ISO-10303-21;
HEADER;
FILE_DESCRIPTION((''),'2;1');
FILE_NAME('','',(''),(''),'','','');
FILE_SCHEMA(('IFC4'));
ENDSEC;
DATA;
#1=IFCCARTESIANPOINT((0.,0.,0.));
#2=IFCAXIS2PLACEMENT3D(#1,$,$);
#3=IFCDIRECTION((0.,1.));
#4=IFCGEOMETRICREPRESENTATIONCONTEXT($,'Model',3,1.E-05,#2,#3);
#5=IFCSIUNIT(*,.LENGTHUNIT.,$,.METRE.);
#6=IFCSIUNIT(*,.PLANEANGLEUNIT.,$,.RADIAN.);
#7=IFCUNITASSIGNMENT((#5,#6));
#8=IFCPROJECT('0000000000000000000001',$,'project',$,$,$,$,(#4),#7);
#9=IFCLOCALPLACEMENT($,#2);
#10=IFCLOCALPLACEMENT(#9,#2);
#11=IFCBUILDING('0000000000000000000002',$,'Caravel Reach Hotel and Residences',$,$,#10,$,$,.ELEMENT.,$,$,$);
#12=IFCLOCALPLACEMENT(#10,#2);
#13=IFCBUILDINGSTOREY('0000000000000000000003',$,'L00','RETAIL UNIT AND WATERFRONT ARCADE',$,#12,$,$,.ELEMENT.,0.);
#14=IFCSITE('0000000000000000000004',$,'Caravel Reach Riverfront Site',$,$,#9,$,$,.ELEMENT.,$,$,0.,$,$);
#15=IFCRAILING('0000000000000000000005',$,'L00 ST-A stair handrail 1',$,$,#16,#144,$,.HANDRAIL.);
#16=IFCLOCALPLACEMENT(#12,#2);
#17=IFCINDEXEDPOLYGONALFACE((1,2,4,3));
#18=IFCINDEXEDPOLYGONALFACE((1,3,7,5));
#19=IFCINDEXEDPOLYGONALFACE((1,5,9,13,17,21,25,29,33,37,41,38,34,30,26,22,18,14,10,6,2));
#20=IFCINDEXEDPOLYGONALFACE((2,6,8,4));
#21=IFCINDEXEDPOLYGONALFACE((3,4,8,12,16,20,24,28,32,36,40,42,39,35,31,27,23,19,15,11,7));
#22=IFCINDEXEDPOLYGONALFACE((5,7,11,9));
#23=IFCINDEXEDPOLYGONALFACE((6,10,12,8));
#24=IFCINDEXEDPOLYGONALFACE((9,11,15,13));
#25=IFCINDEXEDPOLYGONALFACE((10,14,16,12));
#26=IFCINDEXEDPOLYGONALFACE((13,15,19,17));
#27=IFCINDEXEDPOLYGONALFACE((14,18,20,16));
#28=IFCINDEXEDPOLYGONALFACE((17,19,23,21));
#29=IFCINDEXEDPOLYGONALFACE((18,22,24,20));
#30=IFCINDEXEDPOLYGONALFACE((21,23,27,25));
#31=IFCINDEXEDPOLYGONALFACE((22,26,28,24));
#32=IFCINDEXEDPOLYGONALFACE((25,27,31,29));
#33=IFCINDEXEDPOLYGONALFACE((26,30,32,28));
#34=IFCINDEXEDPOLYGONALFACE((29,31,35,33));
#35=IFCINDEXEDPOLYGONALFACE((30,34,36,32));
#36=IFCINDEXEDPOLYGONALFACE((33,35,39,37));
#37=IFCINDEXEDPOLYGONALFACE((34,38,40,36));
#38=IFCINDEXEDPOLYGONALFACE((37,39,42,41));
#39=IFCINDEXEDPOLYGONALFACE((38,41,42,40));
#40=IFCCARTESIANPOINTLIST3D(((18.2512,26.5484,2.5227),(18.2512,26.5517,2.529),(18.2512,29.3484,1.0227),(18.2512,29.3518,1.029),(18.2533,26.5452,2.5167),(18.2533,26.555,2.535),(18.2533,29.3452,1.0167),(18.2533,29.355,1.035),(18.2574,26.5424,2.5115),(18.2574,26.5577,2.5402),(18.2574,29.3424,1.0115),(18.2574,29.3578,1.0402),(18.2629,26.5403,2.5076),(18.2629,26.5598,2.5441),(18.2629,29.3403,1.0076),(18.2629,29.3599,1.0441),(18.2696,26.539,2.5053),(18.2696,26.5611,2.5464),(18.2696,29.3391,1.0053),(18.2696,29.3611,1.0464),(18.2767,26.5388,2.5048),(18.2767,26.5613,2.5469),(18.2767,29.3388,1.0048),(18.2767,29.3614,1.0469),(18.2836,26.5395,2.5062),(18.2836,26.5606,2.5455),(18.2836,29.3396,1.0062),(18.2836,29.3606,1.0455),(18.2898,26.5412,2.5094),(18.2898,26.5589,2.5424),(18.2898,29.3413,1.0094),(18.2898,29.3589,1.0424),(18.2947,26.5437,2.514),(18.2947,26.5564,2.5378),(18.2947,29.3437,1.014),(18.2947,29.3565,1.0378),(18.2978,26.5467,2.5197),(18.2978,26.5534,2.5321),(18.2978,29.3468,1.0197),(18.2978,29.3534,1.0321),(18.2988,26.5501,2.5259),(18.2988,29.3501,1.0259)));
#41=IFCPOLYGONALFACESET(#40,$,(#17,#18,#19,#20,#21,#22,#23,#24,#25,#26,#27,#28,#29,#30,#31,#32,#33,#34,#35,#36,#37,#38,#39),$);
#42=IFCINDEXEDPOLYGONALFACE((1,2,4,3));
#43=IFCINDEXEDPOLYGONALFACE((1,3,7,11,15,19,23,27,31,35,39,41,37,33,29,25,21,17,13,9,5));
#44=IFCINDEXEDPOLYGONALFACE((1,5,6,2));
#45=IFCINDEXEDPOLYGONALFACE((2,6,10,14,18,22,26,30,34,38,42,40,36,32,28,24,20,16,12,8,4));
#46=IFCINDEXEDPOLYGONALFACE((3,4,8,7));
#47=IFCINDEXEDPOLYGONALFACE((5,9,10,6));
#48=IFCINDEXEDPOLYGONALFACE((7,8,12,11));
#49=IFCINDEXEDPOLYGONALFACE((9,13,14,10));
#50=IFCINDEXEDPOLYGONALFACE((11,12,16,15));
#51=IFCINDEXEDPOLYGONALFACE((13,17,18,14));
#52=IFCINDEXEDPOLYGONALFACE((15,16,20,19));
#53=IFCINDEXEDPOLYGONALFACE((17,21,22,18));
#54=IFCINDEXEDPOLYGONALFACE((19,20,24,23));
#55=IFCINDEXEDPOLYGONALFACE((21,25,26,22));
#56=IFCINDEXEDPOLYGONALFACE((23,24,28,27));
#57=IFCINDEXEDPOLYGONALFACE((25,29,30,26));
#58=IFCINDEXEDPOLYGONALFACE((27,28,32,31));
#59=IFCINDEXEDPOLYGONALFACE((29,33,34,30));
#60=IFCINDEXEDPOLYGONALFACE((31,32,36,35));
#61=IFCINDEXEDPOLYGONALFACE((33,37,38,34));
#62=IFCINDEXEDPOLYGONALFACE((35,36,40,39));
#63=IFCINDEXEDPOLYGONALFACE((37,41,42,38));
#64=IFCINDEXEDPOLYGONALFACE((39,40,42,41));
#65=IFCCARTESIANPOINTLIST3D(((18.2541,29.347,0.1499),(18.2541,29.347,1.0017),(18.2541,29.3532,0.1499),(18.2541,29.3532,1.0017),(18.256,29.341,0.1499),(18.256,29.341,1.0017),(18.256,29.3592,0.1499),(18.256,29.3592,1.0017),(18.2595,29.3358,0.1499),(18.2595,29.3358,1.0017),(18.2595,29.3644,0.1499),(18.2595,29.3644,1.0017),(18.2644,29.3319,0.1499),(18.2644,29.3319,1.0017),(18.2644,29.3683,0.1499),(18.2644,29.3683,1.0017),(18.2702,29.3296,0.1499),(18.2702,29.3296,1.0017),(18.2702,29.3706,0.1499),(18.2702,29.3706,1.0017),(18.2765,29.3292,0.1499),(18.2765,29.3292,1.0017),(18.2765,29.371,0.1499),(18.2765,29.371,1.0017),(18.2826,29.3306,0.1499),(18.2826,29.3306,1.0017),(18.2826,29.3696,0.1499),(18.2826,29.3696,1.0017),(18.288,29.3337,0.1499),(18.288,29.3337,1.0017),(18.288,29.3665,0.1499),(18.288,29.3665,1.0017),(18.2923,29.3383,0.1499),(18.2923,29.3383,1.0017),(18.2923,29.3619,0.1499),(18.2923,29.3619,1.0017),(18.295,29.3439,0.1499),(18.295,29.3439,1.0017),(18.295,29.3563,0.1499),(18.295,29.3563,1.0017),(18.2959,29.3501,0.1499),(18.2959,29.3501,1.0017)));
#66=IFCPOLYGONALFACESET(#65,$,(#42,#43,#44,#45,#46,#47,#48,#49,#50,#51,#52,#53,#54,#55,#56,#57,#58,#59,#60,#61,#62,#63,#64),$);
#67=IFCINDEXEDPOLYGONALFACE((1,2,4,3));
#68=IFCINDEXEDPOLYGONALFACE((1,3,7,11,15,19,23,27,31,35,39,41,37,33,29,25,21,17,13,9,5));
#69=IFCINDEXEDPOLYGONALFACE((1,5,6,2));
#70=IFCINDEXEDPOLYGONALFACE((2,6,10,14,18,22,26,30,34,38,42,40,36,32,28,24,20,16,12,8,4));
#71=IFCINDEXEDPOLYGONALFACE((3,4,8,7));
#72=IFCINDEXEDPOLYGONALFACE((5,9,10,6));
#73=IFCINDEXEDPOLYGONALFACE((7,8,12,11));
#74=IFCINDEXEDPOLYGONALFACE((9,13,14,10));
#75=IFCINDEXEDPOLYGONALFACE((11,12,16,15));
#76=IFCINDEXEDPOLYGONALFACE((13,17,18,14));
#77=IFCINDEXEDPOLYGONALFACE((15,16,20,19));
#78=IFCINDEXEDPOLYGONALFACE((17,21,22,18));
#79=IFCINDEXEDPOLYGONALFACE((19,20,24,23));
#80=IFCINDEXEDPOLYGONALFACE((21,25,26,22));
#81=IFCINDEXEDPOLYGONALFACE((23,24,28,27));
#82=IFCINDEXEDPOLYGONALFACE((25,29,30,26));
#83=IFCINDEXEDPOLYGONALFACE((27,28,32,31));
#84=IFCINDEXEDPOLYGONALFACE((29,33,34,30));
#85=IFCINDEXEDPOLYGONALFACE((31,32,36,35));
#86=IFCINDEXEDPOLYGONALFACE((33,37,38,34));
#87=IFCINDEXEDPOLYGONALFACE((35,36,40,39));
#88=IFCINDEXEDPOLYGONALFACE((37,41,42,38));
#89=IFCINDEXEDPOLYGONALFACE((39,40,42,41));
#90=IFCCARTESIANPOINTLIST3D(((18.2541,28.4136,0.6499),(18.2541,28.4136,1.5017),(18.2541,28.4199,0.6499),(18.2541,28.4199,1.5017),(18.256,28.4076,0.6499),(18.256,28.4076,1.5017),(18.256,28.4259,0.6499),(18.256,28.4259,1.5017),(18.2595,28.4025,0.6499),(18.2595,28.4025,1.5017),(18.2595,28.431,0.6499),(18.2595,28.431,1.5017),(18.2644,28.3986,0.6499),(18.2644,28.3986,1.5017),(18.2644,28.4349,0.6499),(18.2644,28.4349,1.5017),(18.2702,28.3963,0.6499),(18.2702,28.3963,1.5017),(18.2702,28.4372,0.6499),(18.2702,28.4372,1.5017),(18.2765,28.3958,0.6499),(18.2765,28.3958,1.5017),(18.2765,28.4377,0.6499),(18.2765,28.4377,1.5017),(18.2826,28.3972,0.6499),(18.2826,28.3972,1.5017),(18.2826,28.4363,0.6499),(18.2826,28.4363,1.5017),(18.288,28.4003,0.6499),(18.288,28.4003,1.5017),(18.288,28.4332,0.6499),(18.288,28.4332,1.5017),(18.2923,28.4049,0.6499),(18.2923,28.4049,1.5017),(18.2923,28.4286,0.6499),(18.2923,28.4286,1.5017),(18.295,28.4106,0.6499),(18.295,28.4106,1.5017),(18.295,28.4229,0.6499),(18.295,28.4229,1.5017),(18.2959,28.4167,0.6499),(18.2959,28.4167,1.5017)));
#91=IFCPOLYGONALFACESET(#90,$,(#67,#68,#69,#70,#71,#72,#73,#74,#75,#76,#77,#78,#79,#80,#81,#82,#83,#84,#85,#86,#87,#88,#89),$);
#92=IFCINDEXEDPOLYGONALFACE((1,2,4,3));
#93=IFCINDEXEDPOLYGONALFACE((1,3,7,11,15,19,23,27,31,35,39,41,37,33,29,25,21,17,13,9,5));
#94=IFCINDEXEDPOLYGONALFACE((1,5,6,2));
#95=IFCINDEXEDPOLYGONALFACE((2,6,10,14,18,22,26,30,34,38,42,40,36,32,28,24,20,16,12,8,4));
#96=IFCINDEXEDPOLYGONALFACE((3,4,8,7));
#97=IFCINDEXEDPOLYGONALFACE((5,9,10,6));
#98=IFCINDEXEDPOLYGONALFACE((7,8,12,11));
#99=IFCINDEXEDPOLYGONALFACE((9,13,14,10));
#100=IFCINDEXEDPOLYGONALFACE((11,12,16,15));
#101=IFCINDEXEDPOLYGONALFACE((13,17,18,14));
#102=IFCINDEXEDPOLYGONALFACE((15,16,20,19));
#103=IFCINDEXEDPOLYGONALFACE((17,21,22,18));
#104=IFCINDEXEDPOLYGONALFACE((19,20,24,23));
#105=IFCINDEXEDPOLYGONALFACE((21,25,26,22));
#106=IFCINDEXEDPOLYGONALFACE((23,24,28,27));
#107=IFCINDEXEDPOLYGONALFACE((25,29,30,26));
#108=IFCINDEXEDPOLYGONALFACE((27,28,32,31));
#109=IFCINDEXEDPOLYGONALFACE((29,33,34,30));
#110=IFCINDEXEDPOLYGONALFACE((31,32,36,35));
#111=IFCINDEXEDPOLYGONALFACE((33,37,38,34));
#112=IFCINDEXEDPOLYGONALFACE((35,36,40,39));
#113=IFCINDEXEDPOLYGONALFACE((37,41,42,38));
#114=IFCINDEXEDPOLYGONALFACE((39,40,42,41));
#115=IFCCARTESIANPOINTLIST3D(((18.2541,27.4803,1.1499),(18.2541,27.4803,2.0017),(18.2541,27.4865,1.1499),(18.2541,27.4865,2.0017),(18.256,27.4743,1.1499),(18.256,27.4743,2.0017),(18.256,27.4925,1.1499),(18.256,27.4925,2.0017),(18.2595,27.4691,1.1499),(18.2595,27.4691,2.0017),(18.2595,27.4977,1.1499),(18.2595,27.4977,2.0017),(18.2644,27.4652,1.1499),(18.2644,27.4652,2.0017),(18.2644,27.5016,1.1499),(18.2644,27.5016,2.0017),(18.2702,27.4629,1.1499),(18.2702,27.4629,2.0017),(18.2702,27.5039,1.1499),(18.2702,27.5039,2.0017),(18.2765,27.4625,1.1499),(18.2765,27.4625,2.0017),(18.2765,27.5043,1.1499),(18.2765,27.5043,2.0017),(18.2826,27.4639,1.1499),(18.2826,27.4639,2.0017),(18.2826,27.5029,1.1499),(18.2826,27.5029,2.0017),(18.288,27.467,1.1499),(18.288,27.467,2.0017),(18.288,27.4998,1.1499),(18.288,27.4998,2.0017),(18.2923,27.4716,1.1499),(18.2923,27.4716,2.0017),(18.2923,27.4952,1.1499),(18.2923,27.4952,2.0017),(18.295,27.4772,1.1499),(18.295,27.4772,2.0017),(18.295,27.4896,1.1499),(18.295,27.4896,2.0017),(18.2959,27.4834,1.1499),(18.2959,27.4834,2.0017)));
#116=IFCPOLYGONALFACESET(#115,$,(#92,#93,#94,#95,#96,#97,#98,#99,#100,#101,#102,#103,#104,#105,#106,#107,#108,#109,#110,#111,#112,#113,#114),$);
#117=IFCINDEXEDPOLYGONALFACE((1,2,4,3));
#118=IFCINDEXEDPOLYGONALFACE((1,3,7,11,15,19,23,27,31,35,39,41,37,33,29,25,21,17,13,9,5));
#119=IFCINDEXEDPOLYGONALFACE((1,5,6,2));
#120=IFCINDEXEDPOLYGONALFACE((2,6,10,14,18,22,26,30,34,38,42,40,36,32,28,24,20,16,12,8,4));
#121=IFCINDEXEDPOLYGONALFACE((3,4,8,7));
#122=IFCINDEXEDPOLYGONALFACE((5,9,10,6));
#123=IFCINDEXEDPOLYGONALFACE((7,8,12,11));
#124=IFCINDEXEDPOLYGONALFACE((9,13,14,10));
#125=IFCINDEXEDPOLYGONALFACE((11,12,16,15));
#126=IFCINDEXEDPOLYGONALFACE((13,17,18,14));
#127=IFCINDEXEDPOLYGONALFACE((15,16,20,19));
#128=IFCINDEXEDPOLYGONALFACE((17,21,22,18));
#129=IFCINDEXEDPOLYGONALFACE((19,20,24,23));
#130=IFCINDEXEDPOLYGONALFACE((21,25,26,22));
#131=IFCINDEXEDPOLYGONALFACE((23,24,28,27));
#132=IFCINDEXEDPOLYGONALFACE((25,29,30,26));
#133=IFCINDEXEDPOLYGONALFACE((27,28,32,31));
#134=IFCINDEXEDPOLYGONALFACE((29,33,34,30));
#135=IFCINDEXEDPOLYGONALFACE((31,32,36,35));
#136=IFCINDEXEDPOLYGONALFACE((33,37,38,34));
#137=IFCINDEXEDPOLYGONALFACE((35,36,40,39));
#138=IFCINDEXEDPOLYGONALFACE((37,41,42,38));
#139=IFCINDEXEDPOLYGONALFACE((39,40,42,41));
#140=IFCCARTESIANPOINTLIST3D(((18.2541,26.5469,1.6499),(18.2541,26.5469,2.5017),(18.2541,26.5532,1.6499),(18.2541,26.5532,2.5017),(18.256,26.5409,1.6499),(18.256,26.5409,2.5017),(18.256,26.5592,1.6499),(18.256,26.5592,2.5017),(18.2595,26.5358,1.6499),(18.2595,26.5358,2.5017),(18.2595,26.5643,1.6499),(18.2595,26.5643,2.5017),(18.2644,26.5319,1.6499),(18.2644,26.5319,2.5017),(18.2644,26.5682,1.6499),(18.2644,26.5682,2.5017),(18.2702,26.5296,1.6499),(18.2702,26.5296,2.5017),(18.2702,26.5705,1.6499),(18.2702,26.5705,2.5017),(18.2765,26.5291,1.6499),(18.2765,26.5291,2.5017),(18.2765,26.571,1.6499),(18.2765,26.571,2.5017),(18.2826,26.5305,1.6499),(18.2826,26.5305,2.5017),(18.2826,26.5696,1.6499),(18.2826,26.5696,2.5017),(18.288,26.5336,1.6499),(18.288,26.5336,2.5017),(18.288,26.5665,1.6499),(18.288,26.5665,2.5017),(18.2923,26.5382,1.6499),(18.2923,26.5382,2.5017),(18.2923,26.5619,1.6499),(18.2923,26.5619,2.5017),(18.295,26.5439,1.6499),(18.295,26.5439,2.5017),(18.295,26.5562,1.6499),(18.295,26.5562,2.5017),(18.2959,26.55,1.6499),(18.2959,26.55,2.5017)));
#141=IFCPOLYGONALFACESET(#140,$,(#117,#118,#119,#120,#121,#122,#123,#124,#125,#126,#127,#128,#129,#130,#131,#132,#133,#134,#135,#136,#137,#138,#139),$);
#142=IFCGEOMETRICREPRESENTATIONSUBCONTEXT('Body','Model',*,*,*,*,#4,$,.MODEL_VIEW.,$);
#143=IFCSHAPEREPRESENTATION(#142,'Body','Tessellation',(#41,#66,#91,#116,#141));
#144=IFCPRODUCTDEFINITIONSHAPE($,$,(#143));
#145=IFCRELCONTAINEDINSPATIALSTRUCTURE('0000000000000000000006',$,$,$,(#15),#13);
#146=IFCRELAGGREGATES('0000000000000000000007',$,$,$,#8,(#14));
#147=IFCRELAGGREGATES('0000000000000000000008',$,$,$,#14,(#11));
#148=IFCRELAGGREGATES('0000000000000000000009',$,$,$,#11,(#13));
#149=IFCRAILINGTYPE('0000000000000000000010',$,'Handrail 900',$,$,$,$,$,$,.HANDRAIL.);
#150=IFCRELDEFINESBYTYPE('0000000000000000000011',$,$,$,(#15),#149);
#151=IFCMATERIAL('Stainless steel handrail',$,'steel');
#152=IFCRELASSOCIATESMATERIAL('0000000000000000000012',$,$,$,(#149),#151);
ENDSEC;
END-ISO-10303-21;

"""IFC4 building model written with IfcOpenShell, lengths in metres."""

from ifc_helpers import new_model, si_unit, direction, frame, origin, origin_2d, place, context, subcontext, project, spatial, circle, extrude, material, type_object, element, save


model = new_model("IFC4")

# Units and contexts
model_context = context("Model", 3, precision=1e-05, world=origin(), true_north=direction((0.0, 1.0)))
body_context = subcontext(model_context, "Body", "Model", "MODEL_VIEW")
ifc_project = project(units=[si_unit("LENGTHUNIT", "METRE"), si_unit("PLANEANGLEUNIT", "RADIAN")], contexts=[model_context])

# Site, building, storey
site_placement = place(None, origin())
site = spatial("IfcSite", under=ifc_project, at=site_placement, Name="Caravel Reach Riverfront Site", CompositionType="ELEMENT", RefElevation=0.0)
building_placement = place(site_placement, origin())
building = spatial("IfcBuilding", under=site, at=building_placement, Name="Caravel Reach Hotel and Residences", CompositionType="ELEMENT")
storey_placement = place(building_placement, origin())
storey = spatial("IfcBuildingStorey", under=building, at=storey_placement, Name="L00", Description="RETAIL UNIT AND WATERFRONT ARCADE", CompositionType="ELEMENT", Elevation=0.0)

# Railing
ifc_material_1 = material(Name="Stainless steel handrail", Category="steel")
railing_type_1 = type_object("IfcRailingType", Name="Handrail 900", PredefinedType="HANDRAIL", material=ifc_material_1)
for number, where, name in (
    (1, (18.2749, 29.3501, 0.1499), "L00 ST-A stair handrail 1"),
):
    element("IfcRailing", number, at=place(storey_placement, frame(where)), inside=storey, type_object=railing_type_1, Name=name, PredefinedType="HANDRAIL", context=body_context, shape_type="SweptSolid", body=[
        extrude(circle(Radius=0.0239, at=origin_2d()), frame((0.0, 0.0, 0.876), z_axis=(0.0, -0.881483, 0.472215), x_axis=(1.0, 0.0, 0.0)), (0.0, 0.0, 1.0), 3.1765),
        extrude(circle(Radius=0.021, at=origin_2d()), origin(), (0.0, 0.0, 1.0), 0.8518),
        extrude(circle(Radius=0.021, at=origin_2d()), frame((0.0, -0.9333, 0.5)), (0.0, 0.0, 1.0), 0.8518),
        extrude(circle(Radius=0.021, at=origin_2d()), frame((0.0, -1.8667, 1.0)), (0.0, 0.0, 1.0), 0.8518),
        extrude(circle(Radius=0.021, at=origin_2d()), frame((0.0, -2.8, 1.5)), (0.0, 0.0, 1.0), 0.8518),
    ])

save(model, "model.ifc")
